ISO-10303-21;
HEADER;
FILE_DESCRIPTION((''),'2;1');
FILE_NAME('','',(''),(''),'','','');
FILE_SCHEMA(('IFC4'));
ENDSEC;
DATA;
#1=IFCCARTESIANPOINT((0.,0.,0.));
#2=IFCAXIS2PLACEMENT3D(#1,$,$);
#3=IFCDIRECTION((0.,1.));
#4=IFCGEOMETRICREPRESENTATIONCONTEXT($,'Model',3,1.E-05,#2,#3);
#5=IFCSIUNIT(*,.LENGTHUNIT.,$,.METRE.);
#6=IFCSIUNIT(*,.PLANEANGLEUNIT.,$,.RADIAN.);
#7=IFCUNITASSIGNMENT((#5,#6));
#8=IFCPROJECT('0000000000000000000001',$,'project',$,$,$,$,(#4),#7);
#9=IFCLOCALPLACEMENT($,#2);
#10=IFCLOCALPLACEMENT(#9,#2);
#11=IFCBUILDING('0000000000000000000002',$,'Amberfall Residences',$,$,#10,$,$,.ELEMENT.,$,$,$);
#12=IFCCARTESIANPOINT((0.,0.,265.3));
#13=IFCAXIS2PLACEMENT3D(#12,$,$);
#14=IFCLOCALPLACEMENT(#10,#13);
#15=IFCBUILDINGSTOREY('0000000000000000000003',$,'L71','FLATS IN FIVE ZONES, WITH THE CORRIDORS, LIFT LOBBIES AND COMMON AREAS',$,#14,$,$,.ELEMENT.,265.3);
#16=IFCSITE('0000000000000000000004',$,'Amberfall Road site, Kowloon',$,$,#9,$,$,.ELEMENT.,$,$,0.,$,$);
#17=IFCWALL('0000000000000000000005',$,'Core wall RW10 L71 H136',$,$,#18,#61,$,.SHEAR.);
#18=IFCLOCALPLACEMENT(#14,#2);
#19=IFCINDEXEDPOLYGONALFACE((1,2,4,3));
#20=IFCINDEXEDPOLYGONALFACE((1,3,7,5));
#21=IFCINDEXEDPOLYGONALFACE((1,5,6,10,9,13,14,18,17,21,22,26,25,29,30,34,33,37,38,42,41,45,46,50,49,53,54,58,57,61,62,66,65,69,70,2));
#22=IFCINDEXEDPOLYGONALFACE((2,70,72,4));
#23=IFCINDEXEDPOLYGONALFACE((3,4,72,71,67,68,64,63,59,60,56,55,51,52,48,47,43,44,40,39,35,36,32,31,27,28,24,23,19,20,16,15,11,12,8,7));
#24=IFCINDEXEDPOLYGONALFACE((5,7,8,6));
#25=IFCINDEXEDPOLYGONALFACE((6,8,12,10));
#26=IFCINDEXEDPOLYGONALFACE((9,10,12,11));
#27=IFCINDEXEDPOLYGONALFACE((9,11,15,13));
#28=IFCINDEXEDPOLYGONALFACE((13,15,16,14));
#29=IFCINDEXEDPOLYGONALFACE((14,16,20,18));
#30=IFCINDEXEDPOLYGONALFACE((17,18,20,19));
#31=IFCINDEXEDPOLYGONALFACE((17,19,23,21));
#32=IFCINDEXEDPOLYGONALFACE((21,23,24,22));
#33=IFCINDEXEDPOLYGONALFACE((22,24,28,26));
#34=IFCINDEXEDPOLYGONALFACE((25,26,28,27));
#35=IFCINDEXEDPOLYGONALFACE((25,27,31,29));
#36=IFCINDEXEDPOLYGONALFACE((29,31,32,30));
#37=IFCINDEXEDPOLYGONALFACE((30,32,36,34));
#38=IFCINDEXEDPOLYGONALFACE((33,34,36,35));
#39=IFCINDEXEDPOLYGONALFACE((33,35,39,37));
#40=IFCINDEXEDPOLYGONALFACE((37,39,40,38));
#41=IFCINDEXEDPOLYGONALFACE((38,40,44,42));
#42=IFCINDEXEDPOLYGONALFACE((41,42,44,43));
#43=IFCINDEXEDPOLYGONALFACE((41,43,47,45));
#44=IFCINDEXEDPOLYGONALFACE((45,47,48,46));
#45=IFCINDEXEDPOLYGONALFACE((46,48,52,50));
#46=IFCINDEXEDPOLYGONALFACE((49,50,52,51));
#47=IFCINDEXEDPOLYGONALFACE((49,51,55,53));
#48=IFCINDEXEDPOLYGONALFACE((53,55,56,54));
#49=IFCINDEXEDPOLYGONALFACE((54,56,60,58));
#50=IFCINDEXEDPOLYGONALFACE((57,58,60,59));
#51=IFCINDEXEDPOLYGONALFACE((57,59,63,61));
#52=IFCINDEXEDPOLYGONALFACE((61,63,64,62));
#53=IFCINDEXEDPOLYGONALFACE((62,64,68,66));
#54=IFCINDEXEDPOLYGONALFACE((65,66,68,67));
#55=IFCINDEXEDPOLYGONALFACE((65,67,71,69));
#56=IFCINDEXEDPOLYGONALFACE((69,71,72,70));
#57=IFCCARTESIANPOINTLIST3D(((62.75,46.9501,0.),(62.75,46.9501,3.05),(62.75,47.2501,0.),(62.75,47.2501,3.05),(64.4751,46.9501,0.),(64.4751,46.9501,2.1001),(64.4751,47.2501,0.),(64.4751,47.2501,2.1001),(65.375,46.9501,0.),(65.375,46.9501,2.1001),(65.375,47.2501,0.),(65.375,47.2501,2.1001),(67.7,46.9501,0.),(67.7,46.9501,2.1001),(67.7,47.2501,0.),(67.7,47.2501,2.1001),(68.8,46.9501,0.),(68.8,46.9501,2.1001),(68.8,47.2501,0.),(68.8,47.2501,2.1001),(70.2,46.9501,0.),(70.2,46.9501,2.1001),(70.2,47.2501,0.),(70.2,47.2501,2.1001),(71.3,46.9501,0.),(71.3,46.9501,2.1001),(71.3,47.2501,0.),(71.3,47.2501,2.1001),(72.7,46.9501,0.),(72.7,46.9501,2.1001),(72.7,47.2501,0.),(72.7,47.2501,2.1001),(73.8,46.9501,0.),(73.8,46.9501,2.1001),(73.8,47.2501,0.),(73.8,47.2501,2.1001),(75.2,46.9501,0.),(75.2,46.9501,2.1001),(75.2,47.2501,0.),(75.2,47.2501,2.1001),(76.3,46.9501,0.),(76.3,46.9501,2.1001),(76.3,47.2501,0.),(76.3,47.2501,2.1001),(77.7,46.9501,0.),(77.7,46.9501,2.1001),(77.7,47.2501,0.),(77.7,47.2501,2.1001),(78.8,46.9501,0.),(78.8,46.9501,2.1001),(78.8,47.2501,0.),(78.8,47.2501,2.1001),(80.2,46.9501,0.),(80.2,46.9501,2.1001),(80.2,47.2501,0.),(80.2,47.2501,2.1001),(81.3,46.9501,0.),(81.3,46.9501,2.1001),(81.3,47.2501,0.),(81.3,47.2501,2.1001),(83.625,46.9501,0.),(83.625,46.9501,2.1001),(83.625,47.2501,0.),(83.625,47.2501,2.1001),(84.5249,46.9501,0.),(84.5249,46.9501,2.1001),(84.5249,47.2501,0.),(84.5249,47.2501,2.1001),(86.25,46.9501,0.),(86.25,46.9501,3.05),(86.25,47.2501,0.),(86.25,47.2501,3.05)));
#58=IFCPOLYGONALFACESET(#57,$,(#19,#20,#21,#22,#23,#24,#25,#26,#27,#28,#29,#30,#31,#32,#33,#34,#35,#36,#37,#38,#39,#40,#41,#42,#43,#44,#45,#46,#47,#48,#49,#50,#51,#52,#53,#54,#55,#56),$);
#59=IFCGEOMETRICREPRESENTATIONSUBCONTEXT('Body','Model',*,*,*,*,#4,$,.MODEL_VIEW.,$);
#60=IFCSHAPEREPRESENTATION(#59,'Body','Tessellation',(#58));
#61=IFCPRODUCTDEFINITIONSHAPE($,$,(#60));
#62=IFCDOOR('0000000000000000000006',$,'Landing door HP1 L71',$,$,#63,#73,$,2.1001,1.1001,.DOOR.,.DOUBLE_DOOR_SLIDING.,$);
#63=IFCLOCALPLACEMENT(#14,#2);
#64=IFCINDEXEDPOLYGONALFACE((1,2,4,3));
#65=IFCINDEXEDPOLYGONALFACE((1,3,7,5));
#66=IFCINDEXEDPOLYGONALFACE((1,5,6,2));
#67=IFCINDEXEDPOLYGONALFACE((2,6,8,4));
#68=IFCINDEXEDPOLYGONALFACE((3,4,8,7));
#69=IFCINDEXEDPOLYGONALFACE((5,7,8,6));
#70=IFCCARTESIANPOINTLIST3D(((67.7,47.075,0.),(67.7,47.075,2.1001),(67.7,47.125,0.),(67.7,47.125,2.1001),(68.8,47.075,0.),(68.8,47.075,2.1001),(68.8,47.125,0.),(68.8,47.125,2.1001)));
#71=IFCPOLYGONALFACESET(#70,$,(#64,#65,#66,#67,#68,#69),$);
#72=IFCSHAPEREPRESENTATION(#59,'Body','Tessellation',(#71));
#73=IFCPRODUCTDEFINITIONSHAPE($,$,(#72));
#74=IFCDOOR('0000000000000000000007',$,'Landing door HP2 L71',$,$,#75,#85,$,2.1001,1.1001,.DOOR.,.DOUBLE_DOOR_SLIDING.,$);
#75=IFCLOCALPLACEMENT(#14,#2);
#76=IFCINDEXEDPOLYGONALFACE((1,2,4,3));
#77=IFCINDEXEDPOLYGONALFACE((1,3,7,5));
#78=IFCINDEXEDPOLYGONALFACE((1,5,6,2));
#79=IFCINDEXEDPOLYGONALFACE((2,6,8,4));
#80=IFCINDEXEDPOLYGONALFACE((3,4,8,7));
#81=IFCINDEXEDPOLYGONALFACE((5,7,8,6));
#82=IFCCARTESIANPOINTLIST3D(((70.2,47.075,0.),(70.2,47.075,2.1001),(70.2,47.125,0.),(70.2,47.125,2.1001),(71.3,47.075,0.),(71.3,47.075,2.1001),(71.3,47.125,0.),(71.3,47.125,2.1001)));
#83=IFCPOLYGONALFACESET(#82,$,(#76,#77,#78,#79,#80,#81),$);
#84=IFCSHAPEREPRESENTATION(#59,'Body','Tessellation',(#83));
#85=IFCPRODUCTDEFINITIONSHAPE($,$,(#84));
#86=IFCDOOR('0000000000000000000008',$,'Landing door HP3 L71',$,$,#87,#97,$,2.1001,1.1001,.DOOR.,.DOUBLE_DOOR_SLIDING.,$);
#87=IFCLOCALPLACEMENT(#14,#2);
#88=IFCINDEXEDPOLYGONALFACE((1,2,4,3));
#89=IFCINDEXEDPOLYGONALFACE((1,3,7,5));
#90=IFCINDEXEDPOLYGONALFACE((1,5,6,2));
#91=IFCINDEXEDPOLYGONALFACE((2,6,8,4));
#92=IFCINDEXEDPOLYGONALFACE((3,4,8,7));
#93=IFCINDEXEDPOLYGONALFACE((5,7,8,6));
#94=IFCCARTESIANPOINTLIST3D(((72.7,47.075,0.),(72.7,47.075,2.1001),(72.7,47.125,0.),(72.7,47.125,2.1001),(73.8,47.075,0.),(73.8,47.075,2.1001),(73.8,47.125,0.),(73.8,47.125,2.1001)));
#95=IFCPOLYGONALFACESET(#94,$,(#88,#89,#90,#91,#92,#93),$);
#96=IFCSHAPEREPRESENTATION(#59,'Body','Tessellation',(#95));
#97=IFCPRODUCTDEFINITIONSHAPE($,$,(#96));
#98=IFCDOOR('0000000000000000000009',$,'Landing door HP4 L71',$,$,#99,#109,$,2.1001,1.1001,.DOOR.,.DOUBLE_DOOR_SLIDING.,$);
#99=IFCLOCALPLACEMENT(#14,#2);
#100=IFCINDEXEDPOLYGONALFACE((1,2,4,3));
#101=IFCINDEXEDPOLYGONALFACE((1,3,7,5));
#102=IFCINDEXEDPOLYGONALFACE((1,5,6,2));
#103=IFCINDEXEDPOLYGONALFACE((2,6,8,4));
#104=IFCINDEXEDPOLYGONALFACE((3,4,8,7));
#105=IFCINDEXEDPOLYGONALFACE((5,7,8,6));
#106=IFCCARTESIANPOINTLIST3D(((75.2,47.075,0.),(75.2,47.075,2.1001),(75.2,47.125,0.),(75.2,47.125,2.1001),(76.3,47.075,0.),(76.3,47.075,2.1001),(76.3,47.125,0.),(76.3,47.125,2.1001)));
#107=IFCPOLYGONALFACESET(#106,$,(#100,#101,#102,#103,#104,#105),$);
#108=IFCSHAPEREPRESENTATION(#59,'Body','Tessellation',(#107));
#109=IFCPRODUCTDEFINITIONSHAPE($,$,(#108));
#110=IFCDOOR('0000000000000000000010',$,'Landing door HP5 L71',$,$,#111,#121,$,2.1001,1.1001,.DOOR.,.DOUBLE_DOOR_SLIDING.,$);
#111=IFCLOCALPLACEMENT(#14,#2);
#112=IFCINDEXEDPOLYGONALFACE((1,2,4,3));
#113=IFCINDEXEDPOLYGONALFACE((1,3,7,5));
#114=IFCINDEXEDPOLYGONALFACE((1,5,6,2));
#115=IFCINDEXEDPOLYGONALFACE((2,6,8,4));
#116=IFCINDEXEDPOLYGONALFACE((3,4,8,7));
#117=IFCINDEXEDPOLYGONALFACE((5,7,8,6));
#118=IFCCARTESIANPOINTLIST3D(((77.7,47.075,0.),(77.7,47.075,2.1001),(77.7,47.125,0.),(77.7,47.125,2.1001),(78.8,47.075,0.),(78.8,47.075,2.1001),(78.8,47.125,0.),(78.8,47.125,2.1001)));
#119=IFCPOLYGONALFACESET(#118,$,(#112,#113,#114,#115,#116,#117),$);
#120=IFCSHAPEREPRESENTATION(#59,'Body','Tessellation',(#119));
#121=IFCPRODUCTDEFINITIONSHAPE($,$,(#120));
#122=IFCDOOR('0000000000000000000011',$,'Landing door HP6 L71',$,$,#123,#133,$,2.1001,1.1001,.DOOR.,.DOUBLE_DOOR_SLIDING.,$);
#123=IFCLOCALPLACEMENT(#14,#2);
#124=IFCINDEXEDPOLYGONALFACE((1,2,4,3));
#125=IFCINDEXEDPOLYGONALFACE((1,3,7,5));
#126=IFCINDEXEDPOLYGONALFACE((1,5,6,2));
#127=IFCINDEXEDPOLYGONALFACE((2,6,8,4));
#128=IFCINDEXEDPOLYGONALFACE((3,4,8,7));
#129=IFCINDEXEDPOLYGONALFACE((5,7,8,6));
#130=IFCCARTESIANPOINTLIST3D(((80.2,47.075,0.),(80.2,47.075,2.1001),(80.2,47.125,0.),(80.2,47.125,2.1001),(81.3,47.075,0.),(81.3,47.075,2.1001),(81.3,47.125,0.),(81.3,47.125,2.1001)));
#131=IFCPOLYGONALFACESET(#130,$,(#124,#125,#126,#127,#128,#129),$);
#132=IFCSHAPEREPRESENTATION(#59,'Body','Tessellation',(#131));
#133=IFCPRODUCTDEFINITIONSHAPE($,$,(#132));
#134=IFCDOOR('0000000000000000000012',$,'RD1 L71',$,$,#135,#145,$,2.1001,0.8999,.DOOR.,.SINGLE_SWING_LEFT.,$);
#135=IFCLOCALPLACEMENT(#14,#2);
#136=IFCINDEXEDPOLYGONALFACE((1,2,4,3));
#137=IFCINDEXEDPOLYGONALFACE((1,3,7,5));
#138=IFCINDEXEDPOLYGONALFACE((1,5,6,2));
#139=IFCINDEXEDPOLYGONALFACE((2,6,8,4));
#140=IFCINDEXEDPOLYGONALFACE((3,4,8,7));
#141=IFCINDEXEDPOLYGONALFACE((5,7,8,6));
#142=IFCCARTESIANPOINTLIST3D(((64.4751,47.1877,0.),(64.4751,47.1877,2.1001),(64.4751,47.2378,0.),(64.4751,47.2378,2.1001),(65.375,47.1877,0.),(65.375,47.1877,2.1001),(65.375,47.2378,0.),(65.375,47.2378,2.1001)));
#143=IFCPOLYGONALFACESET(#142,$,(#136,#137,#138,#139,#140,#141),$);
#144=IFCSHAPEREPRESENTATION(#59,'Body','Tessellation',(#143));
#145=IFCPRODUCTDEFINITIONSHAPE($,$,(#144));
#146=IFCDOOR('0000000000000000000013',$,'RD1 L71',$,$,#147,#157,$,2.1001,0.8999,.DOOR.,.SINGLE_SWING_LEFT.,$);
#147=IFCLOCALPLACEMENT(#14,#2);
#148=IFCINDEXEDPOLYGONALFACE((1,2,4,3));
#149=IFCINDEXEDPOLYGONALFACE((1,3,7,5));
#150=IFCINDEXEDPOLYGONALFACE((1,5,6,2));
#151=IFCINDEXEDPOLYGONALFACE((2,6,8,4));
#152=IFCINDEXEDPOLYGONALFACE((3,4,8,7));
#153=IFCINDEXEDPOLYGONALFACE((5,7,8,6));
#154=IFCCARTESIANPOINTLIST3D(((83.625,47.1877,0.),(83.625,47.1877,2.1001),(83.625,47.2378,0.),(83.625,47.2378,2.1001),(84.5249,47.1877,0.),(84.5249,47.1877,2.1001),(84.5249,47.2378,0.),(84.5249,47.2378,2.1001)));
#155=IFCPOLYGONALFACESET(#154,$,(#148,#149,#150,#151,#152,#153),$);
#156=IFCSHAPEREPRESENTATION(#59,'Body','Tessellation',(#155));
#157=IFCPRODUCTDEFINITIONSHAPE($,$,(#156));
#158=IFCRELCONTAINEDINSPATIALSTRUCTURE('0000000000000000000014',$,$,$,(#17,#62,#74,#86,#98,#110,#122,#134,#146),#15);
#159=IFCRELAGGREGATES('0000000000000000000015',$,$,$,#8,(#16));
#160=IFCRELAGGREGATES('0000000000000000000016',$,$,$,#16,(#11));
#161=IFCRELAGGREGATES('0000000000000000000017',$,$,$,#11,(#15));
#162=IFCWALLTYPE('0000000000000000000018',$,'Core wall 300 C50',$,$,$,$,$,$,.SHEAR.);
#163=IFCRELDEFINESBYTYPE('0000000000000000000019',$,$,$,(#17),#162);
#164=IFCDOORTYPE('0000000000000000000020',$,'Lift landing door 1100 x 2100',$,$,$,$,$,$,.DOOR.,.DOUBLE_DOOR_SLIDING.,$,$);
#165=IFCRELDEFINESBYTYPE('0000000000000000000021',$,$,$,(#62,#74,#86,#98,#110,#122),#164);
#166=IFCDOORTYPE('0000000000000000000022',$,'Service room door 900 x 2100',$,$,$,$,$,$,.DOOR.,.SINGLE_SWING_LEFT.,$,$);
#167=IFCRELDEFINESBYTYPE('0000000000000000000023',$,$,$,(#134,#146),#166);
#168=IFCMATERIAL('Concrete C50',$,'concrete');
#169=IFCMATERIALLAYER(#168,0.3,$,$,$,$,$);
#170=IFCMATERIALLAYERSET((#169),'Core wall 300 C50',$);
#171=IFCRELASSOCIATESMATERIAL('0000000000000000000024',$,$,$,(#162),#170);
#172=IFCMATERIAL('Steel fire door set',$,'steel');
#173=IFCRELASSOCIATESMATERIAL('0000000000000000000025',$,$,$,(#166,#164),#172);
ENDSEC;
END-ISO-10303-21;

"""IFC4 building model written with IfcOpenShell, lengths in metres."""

from ifc_helpers import new_model, si_unit, direction, frame, frame_2d, origin, place, context, subcontext, project, spatial, rectangle, extrude, material, layer, layer_set, type_object, element, fill, save


model = new_model("IFC4")

# Units and contexts
model_context = context("Model", 3, precision=1e-05, world=origin(), true_north=direction((0.0, 1.0)))
body_context = subcontext(model_context, "Body", "Model", "MODEL_VIEW")
ifc_project = project(units=[si_unit("LENGTHUNIT", "METRE"), si_unit("PLANEANGLEUNIT", "RADIAN")], contexts=[model_context])

# Site, building, storey
site_placement = place(None, origin())
site = spatial("IfcSite", under=ifc_project, at=site_placement, Name="Amberfall Road site, Kowloon", CompositionType="ELEMENT", RefElevation=0.0)
building_placement = place(site_placement, origin())
building = spatial("IfcBuilding", under=site, at=building_placement, Name="Amberfall Residences", CompositionType="ELEMENT")
storey_placement = place(building_placement, frame((0.0, 0.0, 265.3)))
storey = spatial("IfcBuildingStorey", under=building, at=storey_placement, Name="L71", Description="FLATS IN FIVE ZONES, WITH THE CORRIDORS, LIFT LOBBIES AND COMMON AREAS", CompositionType="ELEMENT", Elevation=265.3)

# Wall, openings, doors
ifc_material_1 = material(Name="Concrete C50", Category="concrete")
ifc_layer = layer(ifc_material_1, 0.3)
ifc_layer_set = layer_set([ifc_layer], Name="Core wall 300 C50")
wall_type = type_object("IfcWallType", Name="Core wall 300 C50", PredefinedType="SHEAR", material=ifc_layer_set)
ifc_material_2 = material(Name="Steel fire door set", Category="steel")
door_type_1 = type_object("IfcDoorType", Name="Service room door 900 x 2100", OperationType="SINGLE_SWING_LEFT", PredefinedType="DOOR", material=ifc_material_2)
wall_1_placement = place(storey_placement, frame((62.75, 47.1001, 0.0), z_axis=(0.0, 0.0, 1.0), x_axis=(1.0, 0.0, 0.0)))
wall_1 = element("IfcWall", 1, at=wall_1_placement, inside=storey, type_object=wall_type, Name="Core wall RW10 L71 H136", PredefinedType="SHEAR", context=body_context, shape_type="SweptSolid", body=[
    extrude(rectangle(XDim=23.5, YDim=0.3, at=frame_2d((11.75, 0.0))), origin(), (0.0, 0.0, 1.0), 3.05),
])
opening_1_placement = place(wall_1_placement, frame((1.7251, 0.0, 0.0)))
opening_1 = element("IfcOpeningElement", 2, at=opening_1_placement, cuts=wall_1, PredefinedType="OPENING", context=body_context, shape_type="SweptSolid", body=[
    extrude(rectangle(XDim=0.8999, YDim=2.1001, at=frame_2d((0.45, 1.05))), frame((0.0, 0.1599, 0.0), z_axis=(0.0, -1.0, 0.0), x_axis=(1.0, 0.0, 0.0)), (0.0, 0.0, 1.0), 0.3201),
])
opening_2_placement = place(wall_1_placement, frame((20.875, 0.0, 0.0)))
opening_2 = element("IfcOpeningElement", 3, at=opening_2_placement, cuts=wall_1, PredefinedType="OPENING", context=body_context, shape_type="SweptSolid", body=[
    extrude(rectangle(XDim=0.8999, YDim=2.1001, at=frame_2d((0.45, 1.05))), frame((0.0, 0.1599, 0.0), z_axis=(0.0, -1.0, 0.0), x_axis=(1.0, 0.0, 0.0)), (0.0, 0.0, 1.0), 0.3201),
])
opening_3_placement = place(wall_1_placement, frame((4.95, 0.0, 0.0)))
opening_3 = element("IfcOpeningElement", 4, at=opening_3_placement, cuts=wall_1, PredefinedType="OPENING", context=body_context, shape_type="SweptSolid", body=[
    extrude(rectangle(XDim=1.1001, YDim=2.1001, at=frame_2d((0.55, 1.05))), frame((0.0, 0.1599, 0.0), z_axis=(0.0, -1.0, 0.0), x_axis=(1.0, 0.0, 0.0)), (0.0, 0.0, 1.0), 0.3201),
])
opening_4_placement = place(wall_1_placement, frame((7.45, 0.0, 0.0)))
opening_4 = element("IfcOpeningElement", 5, at=opening_4_placement, cuts=wall_1, PredefinedType="OPENING", context=body_context, shape_type="SweptSolid", body=[
    extrude(rectangle(XDim=1.1001, YDim=2.1001, at=frame_2d((0.55, 1.05))), frame((0.0, 0.1599, 0.0), z_axis=(0.0, -1.0, 0.0), x_axis=(1.0, 0.0, 0.0)), (0.0, 0.0, 1.0), 0.3201),
])
opening_5_placement = place(wall_1_placement, frame((9.95, 0.0, 0.0)))
opening_5 = element("IfcOpeningElement", 6, at=opening_5_placement, cuts=wall_1, PredefinedType="OPENING", context=body_context, shape_type="SweptSolid", body=[
    extrude(rectangle(XDim=1.1001, YDim=2.1001, at=frame_2d((0.55, 1.05))), frame((0.0, 0.1599, 0.0), z_axis=(0.0, -1.0, 0.0), x_axis=(1.0, 0.0, 0.0)), (0.0, 0.0, 1.0), 0.3201),
])
opening_6_placement = place(wall_1_placement, frame((12.45, 0.0, 0.0)))
opening_6 = element("IfcOpeningElement", 7, at=opening_6_placement, cuts=wall_1, PredefinedType="OPENING", context=body_context, shape_type="SweptSolid", body=[
    extrude(rectangle(XDim=1.1001, YDim=2.1001, at=frame_2d((0.55, 1.05))), frame((0.0, 0.1599, 0.0), z_axis=(0.0, -1.0, 0.0), x_axis=(1.0, 0.0, 0.0)), (0.0, 0.0, 1.0), 0.3201),
])
opening_7_placement = place(wall_1_placement, frame((14.95, 0.0, 0.0)))
opening_7 = element("IfcOpeningElement", 8, at=opening_7_placement, cuts=wall_1, PredefinedType="OPENING", context=body_context, shape_type="SweptSolid", body=[
    extrude(rectangle(XDim=1.1001, YDim=2.1001, at=frame_2d((0.55, 1.05))), frame((0.0, 0.1599, 0.0), z_axis=(0.0, -1.0, 0.0), x_axis=(1.0, 0.0, 0.0)), (0.0, 0.0, 1.0), 0.3201),
])
opening_8_placement = place(wall_1_placement, frame((17.45, 0.0, 0.0)))
opening_8 = element("IfcOpeningElement", 9, at=opening_8_placement, cuts=wall_1, PredefinedType="OPENING", context=body_context, shape_type="SweptSolid", body=[
    extrude(rectangle(XDim=1.1001, YDim=2.1001, at=frame_2d((0.55, 1.05))), frame((0.0, 0.1599, 0.0), z_axis=(0.0, -1.0, 0.0), x_axis=(1.0, 0.0, 0.0)), (0.0, 0.0, 1.0), 0.3201),
])
door_type_2 = type_object("IfcDoorType", Name="Lift landing door 1100 x 2100", OperationType="DOUBLE_DOOR_SLIDING", PredefinedType="DOOR", material=ifc_material_2)
door_1_placement = place(opening_3_placement, origin())
door_1 = element("IfcDoor", 10, at=door_1_placement, inside=storey, type_object=door_type_2, Name="Landing door HP1 L71", OperationType="DOUBLE_DOOR_SLIDING", OverallHeight=2.1001, OverallWidth=1.1001, PredefinedType="DOOR", context=body_context, shape_type="SweptSolid", body=[
    extrude(rectangle(XDim=1.1001, YDim=2.1001, at=frame_2d((0.55, 1.05))), frame((0.0, 0.0249, 0.0), z_axis=(0.0, -1.0, 0.0), x_axis=(1.0, 0.0, 0.0)), (0.0, 0.0, 1.0), 0.05),
])
fill(opening_3, door_1)
door_2_placement = place(opening_4_placement, origin())
door_2 = element("IfcDoor", 11, at=door_2_placement, inside=storey, type_object=door_type_2, Name="Landing door HP2 L71", OperationType="DOUBLE_DOOR_SLIDING", OverallHeight=2.1001, OverallWidth=1.1001, PredefinedType="DOOR", context=body_context, shape_type="SweptSolid", body=[
    extrude(rectangle(XDim=1.1001, YDim=2.1001, at=frame_2d((0.55, 1.05))), frame((0.0, 0.0249, 0.0), z_axis=(0.0, -1.0, 0.0), x_axis=(1.0, 0.0, 0.0)), (0.0, 0.0, 1.0), 0.05),
])
fill(opening_4, door_2)
door_3_placement = place(opening_5_placement, origin())
door_3 = element("IfcDoor", 12, at=door_3_placement, inside=storey, type_object=door_type_2, Name="Landing door HP3 L71", OperationType="DOUBLE_DOOR_SLIDING", OverallHeight=2.1001, OverallWidth=1.1001, PredefinedType="DOOR", context=body_context, shape_type="SweptSolid", body=[
    extrude(rectangle(XDim=1.1001, YDim=2.1001, at=frame_2d((0.55, 1.05))), frame((0.0, 0.0249, 0.0), z_axis=(0.0, -1.0, 0.0), x_axis=(1.0, 0.0, 0.0)), (0.0, 0.0, 1.0), 0.05),
])
fill(opening_5, door_3)
door_4_placement = place(opening_6_placement, origin())
door_4 = element("IfcDoor", 13, at=door_4_placement, inside=storey, type_object=door_type_2, Name="Landing door HP4 L71", OperationType="DOUBLE_DOOR_SLIDING", OverallHeight=2.1001, OverallWidth=1.1001, PredefinedType="DOOR", context=body_context, shape_type="SweptSolid", body=[
    extrude(rectangle(XDim=1.1001, YDim=2.1001, at=frame_2d((0.55, 1.05))), frame((0.0, 0.0249, 0.0), z_axis=(0.0, -1.0, 0.0), x_axis=(1.0, 0.0, 0.0)), (0.0, 0.0, 1.0), 0.05),
])
fill(opening_6, door_4)
door_5_placement = place(opening_7_placement, origin())
door_5 = element("IfcDoor", 14, at=door_5_placement, inside=storey, type_object=door_type_2, Name="Landing door HP5 L71", OperationType="DOUBLE_DOOR_SLIDING", OverallHeight=2.1001, OverallWidth=1.1001, PredefinedType="DOOR", context=body_context, shape_type="SweptSolid", body=[
    extrude(rectangle(XDim=1.1001, YDim=2.1001, at=frame_2d((0.55, 1.05))), frame((0.0, 0.0249, 0.0), z_axis=(0.0, -1.0, 0.0), x_axis=(1.0, 0.0, 0.0)), (0.0, 0.0, 1.0), 0.05),
])
fill(opening_7, door_5)
door_6_placement = place(opening_8_placement, origin())
door_6 = element("IfcDoor", 15, at=door_6_placement, inside=storey, type_object=door_type_2, Name="Landing door HP6 L71", OperationType="DOUBLE_DOOR_SLIDING", OverallHeight=2.1001, OverallWidth=1.1001, PredefinedType="DOOR", context=body_context, shape_type="SweptSolid", body=[
    extrude(rectangle(XDim=1.1001, YDim=2.1001, at=frame_2d((0.55, 1.05))), frame((0.0, 0.0249, 0.0), z_axis=(0.0, -1.0, 0.0), x_axis=(1.0, 0.0, 0.0)), (0.0, 0.0, 1.0), 0.05),
])
fill(opening_8, door_6)
door_7_placement = place(opening_1_placement, origin())
door_7 = element("IfcDoor", 16, at=door_7_placement, inside=storey, type_object=door_type_1, Name="RD1 L71", OperationType="SINGLE_SWING_LEFT", OverallHeight=2.1001, OverallWidth=0.8999, PredefinedType="DOOR", context=body_context, shape_type="SweptSolid", body=[
    extrude(rectangle(XDim=0.8999, YDim=2.1001, at=frame_2d((0.45, 1.05))), frame((0.0, 0.1377, 0.0), z_axis=(0.0, -1.0, 0.0), x_axis=(1.0, 0.0, 0.0)), (0.0, 0.0, 1.0), 0.05),
])
fill(opening_1, door_7)
door_8_placement = place(opening_2_placement, origin())
door_8 = element("IfcDoor", 17, at=door_8_placement, inside=storey, type_object=door_type_1, Name="RD1 L71", OperationType="SINGLE_SWING_LEFT", OverallHeight=2.1001, OverallWidth=0.8999, PredefinedType="DOOR", context=body_context, shape_type="SweptSolid", body=[
    extrude(rectangle(XDim=0.8999, YDim=2.1001, at=frame_2d((0.45, 1.05))), frame((0.0, 0.1377, 0.0), z_axis=(0.0, -1.0, 0.0), x_axis=(1.0, 0.0, 0.0)), (0.0, 0.0, 1.0), 0.05),
])
fill(opening_2, door_8)

save(model, "model.ifc")
